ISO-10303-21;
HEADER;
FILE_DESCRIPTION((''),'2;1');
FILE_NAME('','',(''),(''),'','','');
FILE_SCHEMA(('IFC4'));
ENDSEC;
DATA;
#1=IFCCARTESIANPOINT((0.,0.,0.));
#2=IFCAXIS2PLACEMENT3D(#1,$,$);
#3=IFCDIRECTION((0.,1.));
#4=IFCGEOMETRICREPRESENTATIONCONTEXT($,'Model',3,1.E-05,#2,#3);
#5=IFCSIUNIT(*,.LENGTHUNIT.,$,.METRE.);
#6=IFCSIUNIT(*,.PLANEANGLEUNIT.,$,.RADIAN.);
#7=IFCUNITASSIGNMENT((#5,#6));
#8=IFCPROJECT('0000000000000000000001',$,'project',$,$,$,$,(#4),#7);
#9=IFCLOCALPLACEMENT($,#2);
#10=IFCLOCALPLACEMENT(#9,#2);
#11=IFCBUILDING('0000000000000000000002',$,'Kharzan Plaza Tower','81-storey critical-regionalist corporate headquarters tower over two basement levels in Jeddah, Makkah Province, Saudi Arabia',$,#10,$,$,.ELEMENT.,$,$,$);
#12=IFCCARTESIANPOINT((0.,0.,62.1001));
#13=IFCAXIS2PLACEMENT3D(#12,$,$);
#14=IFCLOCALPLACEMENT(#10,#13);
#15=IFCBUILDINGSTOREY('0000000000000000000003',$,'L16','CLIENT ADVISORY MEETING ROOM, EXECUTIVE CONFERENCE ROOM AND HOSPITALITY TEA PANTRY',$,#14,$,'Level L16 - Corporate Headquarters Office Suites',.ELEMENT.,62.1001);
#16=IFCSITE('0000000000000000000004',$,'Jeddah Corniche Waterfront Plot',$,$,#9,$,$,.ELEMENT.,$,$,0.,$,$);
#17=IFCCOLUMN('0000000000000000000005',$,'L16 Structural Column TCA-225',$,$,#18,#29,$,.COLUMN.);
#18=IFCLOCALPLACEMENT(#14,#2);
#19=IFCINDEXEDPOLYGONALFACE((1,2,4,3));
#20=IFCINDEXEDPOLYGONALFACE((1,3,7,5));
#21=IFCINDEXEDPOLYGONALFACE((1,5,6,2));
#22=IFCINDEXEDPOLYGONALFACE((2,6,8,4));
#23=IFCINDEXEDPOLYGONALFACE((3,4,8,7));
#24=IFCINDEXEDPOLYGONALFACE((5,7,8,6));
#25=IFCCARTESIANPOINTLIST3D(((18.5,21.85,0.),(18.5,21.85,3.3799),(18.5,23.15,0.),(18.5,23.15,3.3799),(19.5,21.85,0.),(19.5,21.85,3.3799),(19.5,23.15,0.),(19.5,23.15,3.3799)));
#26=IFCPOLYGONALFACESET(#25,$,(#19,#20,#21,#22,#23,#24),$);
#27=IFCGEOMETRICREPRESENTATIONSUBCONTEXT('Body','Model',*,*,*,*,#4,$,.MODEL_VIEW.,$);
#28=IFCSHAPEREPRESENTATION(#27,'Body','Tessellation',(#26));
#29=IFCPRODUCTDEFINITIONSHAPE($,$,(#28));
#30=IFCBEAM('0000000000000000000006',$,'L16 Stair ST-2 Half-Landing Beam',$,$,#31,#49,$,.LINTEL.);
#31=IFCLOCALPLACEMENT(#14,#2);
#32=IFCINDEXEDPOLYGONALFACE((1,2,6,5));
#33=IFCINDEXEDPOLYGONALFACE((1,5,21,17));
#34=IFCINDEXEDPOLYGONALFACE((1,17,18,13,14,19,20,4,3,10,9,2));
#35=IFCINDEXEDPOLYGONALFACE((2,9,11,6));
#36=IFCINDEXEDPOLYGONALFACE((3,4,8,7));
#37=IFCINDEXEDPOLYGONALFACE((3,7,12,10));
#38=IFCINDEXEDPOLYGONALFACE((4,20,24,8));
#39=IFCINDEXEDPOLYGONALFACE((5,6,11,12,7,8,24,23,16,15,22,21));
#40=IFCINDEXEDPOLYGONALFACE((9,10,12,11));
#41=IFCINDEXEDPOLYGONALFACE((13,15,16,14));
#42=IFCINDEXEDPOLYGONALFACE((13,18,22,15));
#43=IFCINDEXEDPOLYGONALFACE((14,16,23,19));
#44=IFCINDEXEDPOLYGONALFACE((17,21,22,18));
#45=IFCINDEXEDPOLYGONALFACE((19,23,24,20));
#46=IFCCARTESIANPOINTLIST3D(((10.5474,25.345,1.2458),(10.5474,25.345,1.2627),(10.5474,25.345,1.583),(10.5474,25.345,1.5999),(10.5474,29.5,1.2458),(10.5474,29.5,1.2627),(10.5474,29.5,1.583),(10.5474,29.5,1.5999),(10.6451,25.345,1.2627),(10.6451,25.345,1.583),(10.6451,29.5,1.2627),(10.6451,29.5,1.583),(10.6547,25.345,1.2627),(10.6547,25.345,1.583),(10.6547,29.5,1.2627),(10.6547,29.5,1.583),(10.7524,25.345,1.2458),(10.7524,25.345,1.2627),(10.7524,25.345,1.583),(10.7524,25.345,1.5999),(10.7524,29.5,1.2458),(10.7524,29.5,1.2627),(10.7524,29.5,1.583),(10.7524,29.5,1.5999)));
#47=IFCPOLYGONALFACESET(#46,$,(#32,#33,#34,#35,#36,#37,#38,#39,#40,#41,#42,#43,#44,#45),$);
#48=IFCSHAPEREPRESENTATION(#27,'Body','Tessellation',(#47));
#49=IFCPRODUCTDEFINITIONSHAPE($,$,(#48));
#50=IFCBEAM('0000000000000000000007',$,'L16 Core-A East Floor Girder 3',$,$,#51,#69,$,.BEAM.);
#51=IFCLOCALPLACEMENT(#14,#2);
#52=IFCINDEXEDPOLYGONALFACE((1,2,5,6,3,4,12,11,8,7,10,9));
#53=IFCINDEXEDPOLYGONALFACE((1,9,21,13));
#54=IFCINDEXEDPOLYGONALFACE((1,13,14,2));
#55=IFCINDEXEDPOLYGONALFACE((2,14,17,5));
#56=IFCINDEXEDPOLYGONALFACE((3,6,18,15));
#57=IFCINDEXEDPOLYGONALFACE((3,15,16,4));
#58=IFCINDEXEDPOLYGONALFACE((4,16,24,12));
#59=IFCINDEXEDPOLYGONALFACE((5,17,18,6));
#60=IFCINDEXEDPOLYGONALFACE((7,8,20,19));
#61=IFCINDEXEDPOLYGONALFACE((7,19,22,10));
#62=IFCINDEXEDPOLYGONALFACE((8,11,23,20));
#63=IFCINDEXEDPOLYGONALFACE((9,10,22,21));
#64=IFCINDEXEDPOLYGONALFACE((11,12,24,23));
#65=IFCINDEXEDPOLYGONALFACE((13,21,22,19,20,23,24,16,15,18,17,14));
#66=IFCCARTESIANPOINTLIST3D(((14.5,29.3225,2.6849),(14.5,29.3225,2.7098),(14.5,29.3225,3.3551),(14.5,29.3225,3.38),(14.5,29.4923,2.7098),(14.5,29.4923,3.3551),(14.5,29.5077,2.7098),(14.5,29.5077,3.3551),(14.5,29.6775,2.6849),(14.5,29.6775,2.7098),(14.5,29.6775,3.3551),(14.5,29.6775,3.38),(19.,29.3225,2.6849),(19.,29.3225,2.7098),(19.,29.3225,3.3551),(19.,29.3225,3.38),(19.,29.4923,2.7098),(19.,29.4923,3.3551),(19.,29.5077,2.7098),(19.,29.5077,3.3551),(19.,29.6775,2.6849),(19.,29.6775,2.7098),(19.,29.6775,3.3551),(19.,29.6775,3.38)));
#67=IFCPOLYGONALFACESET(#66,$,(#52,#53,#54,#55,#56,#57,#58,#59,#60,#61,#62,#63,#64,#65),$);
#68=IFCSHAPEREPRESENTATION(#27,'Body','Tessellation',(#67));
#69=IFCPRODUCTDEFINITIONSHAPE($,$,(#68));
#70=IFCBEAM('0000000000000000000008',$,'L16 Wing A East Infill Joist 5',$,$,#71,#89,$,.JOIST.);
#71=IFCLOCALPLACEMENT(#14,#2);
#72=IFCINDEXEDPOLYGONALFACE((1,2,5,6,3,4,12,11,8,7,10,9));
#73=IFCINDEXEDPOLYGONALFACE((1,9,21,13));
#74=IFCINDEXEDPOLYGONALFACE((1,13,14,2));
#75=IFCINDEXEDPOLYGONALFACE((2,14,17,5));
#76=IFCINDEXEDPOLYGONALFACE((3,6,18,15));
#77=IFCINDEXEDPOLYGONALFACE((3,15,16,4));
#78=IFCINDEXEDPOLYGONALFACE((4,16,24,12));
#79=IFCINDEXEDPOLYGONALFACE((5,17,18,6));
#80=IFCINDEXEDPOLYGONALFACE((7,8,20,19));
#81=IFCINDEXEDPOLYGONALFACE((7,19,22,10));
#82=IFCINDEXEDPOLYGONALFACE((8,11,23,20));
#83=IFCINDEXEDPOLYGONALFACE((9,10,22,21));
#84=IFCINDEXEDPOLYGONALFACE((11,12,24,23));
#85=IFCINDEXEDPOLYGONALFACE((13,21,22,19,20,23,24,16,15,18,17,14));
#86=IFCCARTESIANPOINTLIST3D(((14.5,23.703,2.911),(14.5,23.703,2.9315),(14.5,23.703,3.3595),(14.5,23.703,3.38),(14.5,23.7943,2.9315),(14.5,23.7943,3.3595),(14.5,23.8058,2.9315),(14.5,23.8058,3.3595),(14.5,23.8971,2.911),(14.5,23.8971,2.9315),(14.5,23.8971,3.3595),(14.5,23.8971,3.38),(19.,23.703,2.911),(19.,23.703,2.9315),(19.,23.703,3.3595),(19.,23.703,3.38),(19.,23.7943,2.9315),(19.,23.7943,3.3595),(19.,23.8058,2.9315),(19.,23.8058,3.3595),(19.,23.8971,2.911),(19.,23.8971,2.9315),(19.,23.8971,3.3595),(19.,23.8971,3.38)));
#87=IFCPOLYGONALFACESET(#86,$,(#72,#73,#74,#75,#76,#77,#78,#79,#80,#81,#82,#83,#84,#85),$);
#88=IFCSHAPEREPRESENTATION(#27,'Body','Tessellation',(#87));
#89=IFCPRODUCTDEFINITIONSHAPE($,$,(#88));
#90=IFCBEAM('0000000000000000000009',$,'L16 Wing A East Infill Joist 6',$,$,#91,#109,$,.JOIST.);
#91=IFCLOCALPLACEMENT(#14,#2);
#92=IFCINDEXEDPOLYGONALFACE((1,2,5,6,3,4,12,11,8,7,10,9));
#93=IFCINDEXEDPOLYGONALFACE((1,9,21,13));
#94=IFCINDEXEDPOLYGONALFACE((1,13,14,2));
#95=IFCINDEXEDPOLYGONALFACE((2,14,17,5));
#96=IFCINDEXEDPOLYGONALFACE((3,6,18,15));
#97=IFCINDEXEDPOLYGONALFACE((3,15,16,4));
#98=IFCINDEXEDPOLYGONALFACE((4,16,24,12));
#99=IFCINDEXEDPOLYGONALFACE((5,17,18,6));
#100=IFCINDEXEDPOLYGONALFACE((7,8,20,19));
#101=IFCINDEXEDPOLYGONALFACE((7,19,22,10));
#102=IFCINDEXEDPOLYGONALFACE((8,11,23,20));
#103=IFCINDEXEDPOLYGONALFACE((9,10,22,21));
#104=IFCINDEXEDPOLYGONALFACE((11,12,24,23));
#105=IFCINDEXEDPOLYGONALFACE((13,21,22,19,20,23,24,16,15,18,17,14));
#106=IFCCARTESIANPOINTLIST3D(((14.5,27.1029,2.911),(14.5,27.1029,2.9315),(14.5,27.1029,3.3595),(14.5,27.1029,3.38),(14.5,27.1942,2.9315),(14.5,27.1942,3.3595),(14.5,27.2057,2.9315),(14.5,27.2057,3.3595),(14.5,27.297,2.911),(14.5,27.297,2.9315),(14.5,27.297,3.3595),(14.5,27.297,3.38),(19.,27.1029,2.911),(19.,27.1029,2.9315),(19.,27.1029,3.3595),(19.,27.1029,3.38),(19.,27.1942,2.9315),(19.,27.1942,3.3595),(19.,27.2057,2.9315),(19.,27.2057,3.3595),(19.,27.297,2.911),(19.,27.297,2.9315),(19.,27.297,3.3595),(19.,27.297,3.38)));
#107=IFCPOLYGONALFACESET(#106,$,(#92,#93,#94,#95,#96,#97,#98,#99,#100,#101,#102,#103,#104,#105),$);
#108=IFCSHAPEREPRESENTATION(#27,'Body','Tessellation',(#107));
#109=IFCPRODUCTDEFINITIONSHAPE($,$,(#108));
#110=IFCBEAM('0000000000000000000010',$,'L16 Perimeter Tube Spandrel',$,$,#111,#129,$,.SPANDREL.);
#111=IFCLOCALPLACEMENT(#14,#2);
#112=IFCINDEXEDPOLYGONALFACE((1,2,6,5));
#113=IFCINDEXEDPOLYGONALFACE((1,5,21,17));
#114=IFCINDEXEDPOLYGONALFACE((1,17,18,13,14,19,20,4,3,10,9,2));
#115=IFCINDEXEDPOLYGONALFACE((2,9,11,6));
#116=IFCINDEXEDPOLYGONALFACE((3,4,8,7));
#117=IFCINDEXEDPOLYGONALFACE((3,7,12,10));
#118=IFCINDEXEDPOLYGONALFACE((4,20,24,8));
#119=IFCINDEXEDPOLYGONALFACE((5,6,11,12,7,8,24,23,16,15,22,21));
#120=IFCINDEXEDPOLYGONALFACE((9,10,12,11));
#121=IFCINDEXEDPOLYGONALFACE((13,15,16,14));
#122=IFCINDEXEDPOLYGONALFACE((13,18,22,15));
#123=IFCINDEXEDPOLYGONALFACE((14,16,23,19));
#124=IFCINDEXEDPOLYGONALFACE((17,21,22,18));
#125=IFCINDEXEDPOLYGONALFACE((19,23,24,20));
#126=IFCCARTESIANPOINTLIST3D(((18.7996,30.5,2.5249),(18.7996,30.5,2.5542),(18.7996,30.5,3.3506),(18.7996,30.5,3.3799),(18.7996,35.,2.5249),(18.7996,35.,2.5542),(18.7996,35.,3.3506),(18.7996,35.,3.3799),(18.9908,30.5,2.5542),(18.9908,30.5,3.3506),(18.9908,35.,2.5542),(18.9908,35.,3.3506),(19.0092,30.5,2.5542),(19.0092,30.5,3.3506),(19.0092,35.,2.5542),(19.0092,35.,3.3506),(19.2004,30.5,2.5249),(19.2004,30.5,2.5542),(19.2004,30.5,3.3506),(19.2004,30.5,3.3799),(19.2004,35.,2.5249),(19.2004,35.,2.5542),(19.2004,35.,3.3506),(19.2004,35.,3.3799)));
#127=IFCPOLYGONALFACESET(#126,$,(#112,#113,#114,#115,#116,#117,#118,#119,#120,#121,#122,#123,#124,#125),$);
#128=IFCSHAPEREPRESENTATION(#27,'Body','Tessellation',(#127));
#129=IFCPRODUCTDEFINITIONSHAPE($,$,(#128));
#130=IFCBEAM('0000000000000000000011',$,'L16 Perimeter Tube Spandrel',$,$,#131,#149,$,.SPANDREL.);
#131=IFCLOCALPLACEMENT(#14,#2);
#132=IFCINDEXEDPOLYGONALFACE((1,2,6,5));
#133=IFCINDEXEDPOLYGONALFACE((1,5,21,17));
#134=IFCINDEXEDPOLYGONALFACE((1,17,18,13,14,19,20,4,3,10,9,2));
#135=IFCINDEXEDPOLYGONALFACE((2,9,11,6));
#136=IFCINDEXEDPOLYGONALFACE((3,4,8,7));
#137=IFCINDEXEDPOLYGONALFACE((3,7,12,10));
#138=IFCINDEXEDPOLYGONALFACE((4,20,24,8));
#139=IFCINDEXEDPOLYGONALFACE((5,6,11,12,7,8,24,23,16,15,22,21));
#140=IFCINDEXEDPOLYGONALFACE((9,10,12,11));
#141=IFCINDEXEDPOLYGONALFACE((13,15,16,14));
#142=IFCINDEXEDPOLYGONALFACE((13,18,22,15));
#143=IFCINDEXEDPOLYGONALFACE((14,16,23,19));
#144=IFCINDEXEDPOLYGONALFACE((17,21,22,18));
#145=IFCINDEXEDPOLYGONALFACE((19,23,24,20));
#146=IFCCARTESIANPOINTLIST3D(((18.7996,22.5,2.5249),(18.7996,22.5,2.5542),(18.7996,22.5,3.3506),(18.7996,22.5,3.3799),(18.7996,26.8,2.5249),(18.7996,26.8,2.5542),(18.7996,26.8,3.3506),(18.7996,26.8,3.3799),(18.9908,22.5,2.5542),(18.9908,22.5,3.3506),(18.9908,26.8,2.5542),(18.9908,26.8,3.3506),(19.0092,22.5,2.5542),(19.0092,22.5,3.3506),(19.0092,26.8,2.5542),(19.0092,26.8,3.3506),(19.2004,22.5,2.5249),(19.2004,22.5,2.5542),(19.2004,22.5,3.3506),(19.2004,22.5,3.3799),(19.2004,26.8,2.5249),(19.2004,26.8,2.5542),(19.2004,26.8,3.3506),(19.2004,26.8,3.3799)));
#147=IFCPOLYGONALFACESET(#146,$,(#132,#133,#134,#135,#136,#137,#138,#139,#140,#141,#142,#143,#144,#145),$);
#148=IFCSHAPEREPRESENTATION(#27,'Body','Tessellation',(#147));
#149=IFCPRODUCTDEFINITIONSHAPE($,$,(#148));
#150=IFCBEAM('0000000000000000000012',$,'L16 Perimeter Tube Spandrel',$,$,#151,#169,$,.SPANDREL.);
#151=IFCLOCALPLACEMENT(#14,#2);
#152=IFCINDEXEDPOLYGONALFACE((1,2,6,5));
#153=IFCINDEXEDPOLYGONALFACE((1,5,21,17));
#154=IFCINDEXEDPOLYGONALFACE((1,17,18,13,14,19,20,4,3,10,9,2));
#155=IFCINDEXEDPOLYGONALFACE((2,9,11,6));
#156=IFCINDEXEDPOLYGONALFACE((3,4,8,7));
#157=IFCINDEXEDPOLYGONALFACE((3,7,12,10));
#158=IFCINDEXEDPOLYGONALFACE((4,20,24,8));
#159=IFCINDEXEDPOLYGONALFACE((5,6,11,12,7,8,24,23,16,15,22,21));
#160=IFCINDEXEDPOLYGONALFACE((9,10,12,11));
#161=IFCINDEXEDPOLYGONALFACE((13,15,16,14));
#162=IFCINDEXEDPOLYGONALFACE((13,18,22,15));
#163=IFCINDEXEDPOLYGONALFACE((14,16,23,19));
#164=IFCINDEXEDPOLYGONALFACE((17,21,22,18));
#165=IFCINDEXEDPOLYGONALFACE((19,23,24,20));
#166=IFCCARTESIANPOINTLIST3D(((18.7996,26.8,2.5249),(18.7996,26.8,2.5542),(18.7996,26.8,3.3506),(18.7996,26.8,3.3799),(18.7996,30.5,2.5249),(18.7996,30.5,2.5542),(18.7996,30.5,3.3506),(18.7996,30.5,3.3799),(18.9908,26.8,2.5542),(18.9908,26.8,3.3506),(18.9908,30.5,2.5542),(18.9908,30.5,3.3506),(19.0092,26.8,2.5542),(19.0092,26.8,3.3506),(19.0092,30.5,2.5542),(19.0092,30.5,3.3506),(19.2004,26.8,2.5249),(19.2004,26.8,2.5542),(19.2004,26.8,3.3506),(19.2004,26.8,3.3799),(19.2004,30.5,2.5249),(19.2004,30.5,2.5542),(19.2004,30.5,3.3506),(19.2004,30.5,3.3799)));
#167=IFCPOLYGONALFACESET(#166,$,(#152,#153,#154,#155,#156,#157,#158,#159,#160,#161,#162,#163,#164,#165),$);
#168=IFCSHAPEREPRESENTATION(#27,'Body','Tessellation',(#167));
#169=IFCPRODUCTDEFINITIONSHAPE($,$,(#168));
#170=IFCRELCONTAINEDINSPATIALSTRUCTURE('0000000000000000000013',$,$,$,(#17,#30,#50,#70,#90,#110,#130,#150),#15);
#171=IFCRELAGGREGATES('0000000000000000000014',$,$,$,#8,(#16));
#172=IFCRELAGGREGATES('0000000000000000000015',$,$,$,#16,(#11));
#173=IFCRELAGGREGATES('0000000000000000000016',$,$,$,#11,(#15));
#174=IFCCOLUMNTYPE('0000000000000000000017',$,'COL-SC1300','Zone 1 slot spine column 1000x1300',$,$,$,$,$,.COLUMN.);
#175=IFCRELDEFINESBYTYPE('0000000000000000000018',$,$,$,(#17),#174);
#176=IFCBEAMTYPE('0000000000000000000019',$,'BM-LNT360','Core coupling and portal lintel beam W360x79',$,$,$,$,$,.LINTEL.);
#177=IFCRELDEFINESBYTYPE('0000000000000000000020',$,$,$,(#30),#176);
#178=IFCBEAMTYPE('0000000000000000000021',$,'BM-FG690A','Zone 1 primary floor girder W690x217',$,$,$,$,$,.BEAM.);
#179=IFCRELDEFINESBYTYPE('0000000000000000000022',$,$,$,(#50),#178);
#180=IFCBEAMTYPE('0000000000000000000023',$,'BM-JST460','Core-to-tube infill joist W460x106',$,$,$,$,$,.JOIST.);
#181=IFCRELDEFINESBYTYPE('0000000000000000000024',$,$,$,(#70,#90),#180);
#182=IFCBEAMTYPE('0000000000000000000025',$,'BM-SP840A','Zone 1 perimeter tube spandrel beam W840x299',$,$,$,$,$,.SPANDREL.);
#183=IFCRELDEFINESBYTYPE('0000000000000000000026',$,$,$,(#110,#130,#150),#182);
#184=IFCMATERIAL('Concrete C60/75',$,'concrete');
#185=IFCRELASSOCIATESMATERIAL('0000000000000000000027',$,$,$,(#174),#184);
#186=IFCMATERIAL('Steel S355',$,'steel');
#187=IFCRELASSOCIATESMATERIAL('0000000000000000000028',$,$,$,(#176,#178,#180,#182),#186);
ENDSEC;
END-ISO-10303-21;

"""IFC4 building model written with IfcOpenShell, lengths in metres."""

from ifc_helpers import new_model, si_unit, direction, frame, origin, origin_2d, place, context, subcontext, project, spatial, rectangle, i_section, extrude, source, transform, mapped, material, material_profile, profile_set, type_object, element, save


model = new_model("IFC4")

# Units and contexts
model_context = context("Model", 3, precision=1e-05, world=origin(), true_north=direction((0.0, 1.0)))
body_context = subcontext(model_context, "Body", "Model", "MODEL_VIEW")
ifc_project = project(units=[si_unit("LENGTHUNIT", "METRE"), si_unit("PLANEANGLEUNIT", "RADIAN")], contexts=[model_context])

# Site, building, storey
site_placement = place(None, origin())
site = spatial("IfcSite", under=ifc_project, at=site_placement, Name="Jeddah Corniche Waterfront Plot", CompositionType="ELEMENT", RefElevation=0.0)
building_placement = place(site_placement, origin())
building = spatial("IfcBuilding", under=site, at=building_placement, Name="Kharzan Plaza Tower", Description="81-storey critical-regionalist corporate headquarters tower over two basement levels in Jeddah, Makkah Province, Saudi Arabia", CompositionType="ELEMENT")
storey_placement = place(building_placement, frame((0.0, 0.0, 62.1001)))
storey = spatial("IfcBuildingStorey", under=building, at=storey_placement, Name="L16", Description="CLIENT ADVISORY MEETING ROOM, EXECUTIVE CONFERENCE ROOM AND HOSPITALITY TEA PANTRY", LongName="Level L16 - Corporate Headquarters Office Suites", CompositionType="ELEMENT", Elevation=62.1001)

# Column
ifc_material_1 = material(Name="Concrete C60/75", Category="concrete")
ifc_material_profile_1 = material_profile(ifc_material_1, rectangle(XDim=1.0, YDim=1.3, at=origin_2d()), Name="RC-SC1300x1000")
ifc_profile_set_1 = profile_set([ifc_material_profile_1], Name="Concrete C60/75")
column_type = type_object("IfcColumnType", Name="COL-SC1300", Description="Zone 1 slot spine column 1000x1300", PredefinedType="COLUMN", material=ifc_profile_set_1)
shared_shape_1 = source(origin(), body_context, "Body", "SweptSolid", [
    extrude(rectangle(XDim=1.0, YDim=1.3, at=origin_2d()), origin(), (0.0, 0.0, 1.0), 3.3799),
])
column_placement = place(storey_placement, frame((19.0, 22.5, 0.0), z_axis=(0.0, 0.0, 1.0), x_axis=(1.0, 0.0, 0.0)))
element("IfcColumn", 1, at=column_placement, inside=storey, type_object=column_type, Name="L16 Structural Column TCA-225", PredefinedType="COLUMN", context=body_context, shape_type="MappedRepresentation", body=[
    mapped(shared_shape_1, transform((0.0, 0.0, 0.0), x_axis=(1.0, 0.0, 0.0), y_axis=(0.0, 1.0, 0.0), z_axis=(0.0, 0.0, 1.0))),
])

# Beams
ifc_material_2 = material(Name="Steel S355", Category="steel")
ifc_material_profile_2 = material_profile(ifc_material_2, i_section(OverallWidth=0.2051, OverallDepth=0.354, WebThickness=0.0095, FlangeThickness=0.0168, at=origin_2d()), Name="W360x79")
ifc_profile_set_2 = profile_set([ifc_material_profile_2], Name="Steel S355")
beam_type_1 = type_object("IfcBeamType", Name="BM-LNT360", Description="Core coupling and portal lintel beam W360x79", PredefinedType="LINTEL", material=ifc_profile_set_2)
shared_shape_2 = source(origin(), body_context, "Body", "SweptSolid", [
    extrude(i_section(OverallWidth=0.2051, OverallDepth=0.354, WebThickness=0.0095, FlangeThickness=0.0168, at=origin_2d()), origin(), (0.0, 0.0, 1.0), 4.155),
])
beam_1_placement = place(storey_placement, frame((10.6499, 25.345, 1.4229), z_axis=(0.0, 1.0, 0.0), x_axis=(-1.0, 0.0, 0.0)))
element("IfcBeam", 2, at=beam_1_placement, inside=storey, type_object=beam_type_1, Name="L16 Stair ST-2 Half-Landing Beam", PredefinedType="LINTEL", context=body_context, shape_type="MappedRepresentation", body=[
    mapped(shared_shape_2, transform((0.0, 0.0, 0.0), x_axis=(1.0, 0.0, 0.0), y_axis=(0.0, 1.0, 0.0), z_axis=(0.0, 0.0, 1.0))),
])
ifc_material_profile_3 = material_profile(ifc_material_2, i_section(OverallWidth=0.355, OverallDepth=0.6951, WebThickness=0.0154, FlangeThickness=0.0249, at=origin_2d()), Name="W690x217")
ifc_profile_set_3 = profile_set([ifc_material_profile_3], Name="Steel S355")
beam_type_2 = type_object("IfcBeamType", Name="BM-FG690A", Description="Zone 1 primary floor girder W690x217", PredefinedType="BEAM", material=ifc_profile_set_3)
shared_shape_3 = source(origin(), body_context, "Body", "SweptSolid", [
    extrude(i_section(OverallWidth=0.355, OverallDepth=0.6951, WebThickness=0.0154, FlangeThickness=0.0249, at=origin_2d()), origin(), (0.0, 0.0, 1.0), 4.5),
])
beam_2_placement = place(storey_placement, frame((14.5, 29.5, 3.0325), z_axis=(1.0, 0.0, 0.0), x_axis=(0.0, 1.0, 0.0)))
element("IfcBeam", 3, at=beam_2_placement, inside=storey, type_object=beam_type_2, Name="L16 Core-A East Floor Girder 3", PredefinedType="BEAM", context=body_context, shape_type="MappedRepresentation", body=[
    mapped(shared_shape_3, transform((0.0, 0.0, 0.0), x_axis=(1.0, 0.0, 0.0), y_axis=(0.0, 1.0, 0.0), z_axis=(0.0, 0.0, 1.0))),
])
ifc_material_profile_4 = material_profile(ifc_material_2, i_section(OverallWidth=0.1941, OverallDepth=0.469, WebThickness=0.0115, FlangeThickness=0.0205, at=origin_2d()), Name="W460x106")
ifc_profile_set_4 = profile_set([ifc_material_profile_4], Name="Steel S355")
beam_type_3 = type_object("IfcBeamType", Name="BM-JST460", Description="Core-to-tube infill joist W460x106", PredefinedType="JOIST", material=ifc_profile_set_4)
shared_shape_4 = source(origin(), body_context, "Body", "SweptSolid", [
    extrude(i_section(OverallWidth=0.1941, OverallDepth=0.469, WebThickness=0.0115, FlangeThickness=0.0205, at=origin_2d()), origin(), (0.0, 0.0, 1.0), 4.5),
])
for number, where, z_axis, x_axis, name in (
    (4, (14.5, 23.8, 3.1455), (1.0, 0.0, 0.0), (0.0, 1.0, 0.0), "L16 Wing A East Infill Joist 5"),
    (5, (14.5, 27.2, 3.1455), (1.0, 0.0, 0.0), (0.0, 1.0, 0.0), "L16 Wing A East Infill Joist 6"),
):
    element("IfcBeam", number, at=place(storey_placement, frame(where, z_axis=z_axis, x_axis=x_axis)), inside=storey, type_object=beam_type_3, Name=name, PredefinedType="JOIST", context=body_context, shape_type="MappedRepresentation", body=[
        mapped(shared_shape_4, transform((0.0, 0.0, 0.0), x_axis=(1.0, 0.0, 0.0), y_axis=(0.0, 1.0, 0.0), z_axis=(0.0, 0.0, 1.0))),
    ])
ifc_material_profile_5 = material_profile(ifc_material_2, i_section(OverallWidth=0.4009, OverallDepth=0.855, WebThickness=0.0183, FlangeThickness=0.0293, at=origin_2d()), Name="W840x299")
ifc_profile_set_5 = profile_set([ifc_material_profile_5], Name="Steel S355")
beam_type_4 = type_object("IfcBeamType", Name="BM-SP840A", Description="Zone 1 perimeter tube spandrel beam W840x299", PredefinedType="SPANDREL", material=ifc_profile_set_5)
shared_shape_5 = source(origin(), body_context, "Body", "SweptSolid", [
    extrude(i_section(OverallWidth=0.4009, OverallDepth=0.855, WebThickness=0.0183, FlangeThickness=0.0293, at=origin_2d()), origin(), (0.0, 0.0, 1.0), 4.5),
])
beam_3_placement = place(storey_placement, frame((19.0, 30.5, 2.9524), z_axis=(0.0, 1.0, 0.0), x_axis=(-1.0, 0.0, 0.0)))
element("IfcBeam", 6, at=beam_3_placement, inside=storey, type_object=beam_type_4, Name="L16 Perimeter Tube Spandrel", PredefinedType="SPANDREL", context=body_context, shape_type="MappedRepresentation", body=[
    mapped(shared_shape_5, transform((0.0, 0.0, 0.0), x_axis=(1.0, 0.0, 0.0), y_axis=(0.0, 1.0, 0.0), z_axis=(0.0, 0.0, 1.0))),
])
shared_shape_6 = source(origin(), body_context, "Body", "SweptSolid", [
    extrude(i_section(OverallWidth=0.4009, OverallDepth=0.855, WebThickness=0.0183, FlangeThickness=0.0293, at=origin_2d()), origin(), (0.0, 0.0, 1.0), 4.3),
])
beam_4_placement = place(storey_placement, frame((19.0, 22.5, 2.9524), z_axis=(0.0, 1.0, 0.0), x_axis=(-1.0, 0.0, 0.0)))
element("IfcBeam", 7, at=beam_4_placement, inside=storey, type_object=beam_type_4, Name="L16 Perimeter Tube Spandrel", PredefinedType="SPANDREL", context=body_context, shape_type="MappedRepresentation", body=[
    mapped(shared_shape_6, transform((0.0, 0.0, 0.0), x_axis=(1.0, 0.0, 0.0), y_axis=(0.0, 1.0, 0.0), z_axis=(0.0, 0.0, 1.0))),
])
shared_shape_7 = source(origin(), body_context, "Body", "SweptSolid", [
    extrude(i_section(OverallWidth=0.4009, OverallDepth=0.855, WebThickness=0.0183, FlangeThickness=0.0293, at=origin_2d()), origin(), (0.0, 0.0, 1.0), 3.7),
])
beam_5_placement = place(storey_placement, frame((19.0, 26.8, 2.9524), z_axis=(0.0, 1.0, 0.0), x_axis=(-1.0, 0.0, 0.0)))
element("IfcBeam", 8, at=beam_5_placement, inside=storey, type_object=beam_type_4, Name="L16 Perimeter Tube Spandrel", PredefinedType="SPANDREL", context=body_context, shape_type="MappedRepresentation", body=[
    mapped(shared_shape_7, transform((0.0, 0.0, 0.0), x_axis=(1.0, 0.0, 0.0), y_axis=(0.0, 1.0, 0.0), z_axis=(0.0, 0.0, 1.0))),
])

save(model, "model.ifc")
